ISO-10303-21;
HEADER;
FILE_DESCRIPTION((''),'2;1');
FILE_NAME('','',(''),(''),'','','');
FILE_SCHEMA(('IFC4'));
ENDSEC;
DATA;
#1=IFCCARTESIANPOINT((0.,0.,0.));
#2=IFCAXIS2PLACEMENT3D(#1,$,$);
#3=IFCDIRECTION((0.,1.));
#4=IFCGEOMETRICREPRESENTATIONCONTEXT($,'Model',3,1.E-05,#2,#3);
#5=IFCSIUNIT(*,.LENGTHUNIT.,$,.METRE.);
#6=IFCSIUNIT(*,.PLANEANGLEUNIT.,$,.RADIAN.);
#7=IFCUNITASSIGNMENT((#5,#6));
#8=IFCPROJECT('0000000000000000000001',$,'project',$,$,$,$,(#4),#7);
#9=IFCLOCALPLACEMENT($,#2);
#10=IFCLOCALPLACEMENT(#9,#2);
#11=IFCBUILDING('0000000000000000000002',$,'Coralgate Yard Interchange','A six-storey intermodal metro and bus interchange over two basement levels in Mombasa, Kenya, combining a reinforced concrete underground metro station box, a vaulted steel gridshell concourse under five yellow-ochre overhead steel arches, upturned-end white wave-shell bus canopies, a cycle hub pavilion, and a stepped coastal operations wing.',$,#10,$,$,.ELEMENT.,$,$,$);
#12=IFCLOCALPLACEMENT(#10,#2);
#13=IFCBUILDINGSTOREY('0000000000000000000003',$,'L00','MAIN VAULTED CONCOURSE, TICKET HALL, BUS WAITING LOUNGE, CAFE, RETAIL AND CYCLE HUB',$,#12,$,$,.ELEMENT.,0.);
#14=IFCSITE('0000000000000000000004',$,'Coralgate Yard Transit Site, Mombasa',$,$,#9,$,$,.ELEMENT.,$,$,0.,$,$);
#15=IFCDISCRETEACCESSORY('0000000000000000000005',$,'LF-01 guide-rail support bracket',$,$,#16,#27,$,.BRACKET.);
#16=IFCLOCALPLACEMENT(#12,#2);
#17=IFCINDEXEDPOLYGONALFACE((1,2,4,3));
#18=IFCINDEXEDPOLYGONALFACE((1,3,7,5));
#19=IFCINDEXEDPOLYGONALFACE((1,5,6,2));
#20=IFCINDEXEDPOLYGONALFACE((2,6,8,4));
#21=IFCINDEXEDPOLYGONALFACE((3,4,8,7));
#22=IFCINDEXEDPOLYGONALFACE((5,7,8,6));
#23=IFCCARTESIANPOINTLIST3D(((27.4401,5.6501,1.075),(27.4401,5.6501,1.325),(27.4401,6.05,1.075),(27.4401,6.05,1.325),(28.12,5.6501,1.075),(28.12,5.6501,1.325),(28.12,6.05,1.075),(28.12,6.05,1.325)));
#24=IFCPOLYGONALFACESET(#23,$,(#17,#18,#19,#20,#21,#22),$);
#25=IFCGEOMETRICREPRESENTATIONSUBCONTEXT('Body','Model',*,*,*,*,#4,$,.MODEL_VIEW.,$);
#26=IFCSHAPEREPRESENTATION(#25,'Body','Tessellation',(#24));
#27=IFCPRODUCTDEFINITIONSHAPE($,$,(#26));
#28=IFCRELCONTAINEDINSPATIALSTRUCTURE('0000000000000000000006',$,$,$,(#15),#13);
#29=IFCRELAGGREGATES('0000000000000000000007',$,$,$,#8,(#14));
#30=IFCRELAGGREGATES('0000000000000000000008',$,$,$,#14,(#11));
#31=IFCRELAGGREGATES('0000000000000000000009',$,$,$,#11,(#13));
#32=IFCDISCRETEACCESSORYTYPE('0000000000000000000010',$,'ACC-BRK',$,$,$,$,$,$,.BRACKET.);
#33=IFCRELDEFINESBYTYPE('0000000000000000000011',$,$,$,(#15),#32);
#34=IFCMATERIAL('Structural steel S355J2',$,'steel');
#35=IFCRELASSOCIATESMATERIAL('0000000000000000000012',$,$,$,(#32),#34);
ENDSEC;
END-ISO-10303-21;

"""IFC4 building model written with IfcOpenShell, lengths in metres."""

from ifc_helpers import new_model, si_unit, direction, frame, origin, origin_2d, place, context, subcontext, project, spatial, rectangle, extrude, material, type_object, element, save


model = new_model("IFC4")

# Units and contexts
model_context = context("Model", 3, precision=1e-05, world=origin(), true_north=direction((0.0, 1.0)))
body_context = subcontext(model_context, "Body", "Model", "MODEL_VIEW")
ifc_project = project(units=[si_unit("LENGTHUNIT", "METRE"), si_unit("PLANEANGLEUNIT", "RADIAN")], contexts=[model_context])

# Site, building, storey
site_placement = place(None, origin())
site = spatial("IfcSite", under=ifc_project, at=site_placement, Name="Coralgate Yard Transit Site, Mombasa", CompositionType="ELEMENT", RefElevation=0.0)
building_placement = place(site_placement, origin())
building = spatial("IfcBuilding", under=site, at=building_placement, Name="Coralgate Yard Interchange", Description="A six-storey intermodal metro and bus interchange over two basement levels in Mombasa, Kenya, combining a reinforced concrete underground metro station box, a vaulted steel gridshell concourse under five yellow-ochre overhead steel arches, upturned-end white wave-shell bus canopies, a cycle hub pavilion, and a stepped coastal operations wing.", CompositionType="ELEMENT")
storey_placement = place(building_placement, origin())
storey = spatial("IfcBuildingStorey", under=building, at=storey_placement, Name="L00", Description="MAIN VAULTED CONCOURSE, TICKET HALL, BUS WAITING LOUNGE, CAFE, RETAIL AND CYCLE HUB", CompositionType="ELEMENT", Elevation=0.0)

# Shared definitions
ifc_material_1 = material(Name="Structural steel S355J2", Category="steel")

# Discrete accessory
discrete_accessory_type = type_object("IfcDiscreteAccessoryType", Name="ACC-BRK", PredefinedType="BRACKET", material=ifc_material_1)
discrete_accessory_placement = place(storey_placement, frame((27.78, 5.8501, 1.075), z_axis=(0.0, 0.0, 1.0), x_axis=(1.0, 0.0, 0.0)))
element("IfcDiscreteAccessory", 1, at=discrete_accessory_placement, inside=storey, type_object=discrete_accessory_type, Name="LF-01 guide-rail support bracket", PredefinedType="BRACKET", context=body_context, shape_type="SweptSolid", body=[
    extrude(rectangle(XDim=0.6799, YDim=0.3999, at=origin_2d()), origin(), (0.0, 0.0, 1.0), 0.25),
])

save(model, "model.ifc")
